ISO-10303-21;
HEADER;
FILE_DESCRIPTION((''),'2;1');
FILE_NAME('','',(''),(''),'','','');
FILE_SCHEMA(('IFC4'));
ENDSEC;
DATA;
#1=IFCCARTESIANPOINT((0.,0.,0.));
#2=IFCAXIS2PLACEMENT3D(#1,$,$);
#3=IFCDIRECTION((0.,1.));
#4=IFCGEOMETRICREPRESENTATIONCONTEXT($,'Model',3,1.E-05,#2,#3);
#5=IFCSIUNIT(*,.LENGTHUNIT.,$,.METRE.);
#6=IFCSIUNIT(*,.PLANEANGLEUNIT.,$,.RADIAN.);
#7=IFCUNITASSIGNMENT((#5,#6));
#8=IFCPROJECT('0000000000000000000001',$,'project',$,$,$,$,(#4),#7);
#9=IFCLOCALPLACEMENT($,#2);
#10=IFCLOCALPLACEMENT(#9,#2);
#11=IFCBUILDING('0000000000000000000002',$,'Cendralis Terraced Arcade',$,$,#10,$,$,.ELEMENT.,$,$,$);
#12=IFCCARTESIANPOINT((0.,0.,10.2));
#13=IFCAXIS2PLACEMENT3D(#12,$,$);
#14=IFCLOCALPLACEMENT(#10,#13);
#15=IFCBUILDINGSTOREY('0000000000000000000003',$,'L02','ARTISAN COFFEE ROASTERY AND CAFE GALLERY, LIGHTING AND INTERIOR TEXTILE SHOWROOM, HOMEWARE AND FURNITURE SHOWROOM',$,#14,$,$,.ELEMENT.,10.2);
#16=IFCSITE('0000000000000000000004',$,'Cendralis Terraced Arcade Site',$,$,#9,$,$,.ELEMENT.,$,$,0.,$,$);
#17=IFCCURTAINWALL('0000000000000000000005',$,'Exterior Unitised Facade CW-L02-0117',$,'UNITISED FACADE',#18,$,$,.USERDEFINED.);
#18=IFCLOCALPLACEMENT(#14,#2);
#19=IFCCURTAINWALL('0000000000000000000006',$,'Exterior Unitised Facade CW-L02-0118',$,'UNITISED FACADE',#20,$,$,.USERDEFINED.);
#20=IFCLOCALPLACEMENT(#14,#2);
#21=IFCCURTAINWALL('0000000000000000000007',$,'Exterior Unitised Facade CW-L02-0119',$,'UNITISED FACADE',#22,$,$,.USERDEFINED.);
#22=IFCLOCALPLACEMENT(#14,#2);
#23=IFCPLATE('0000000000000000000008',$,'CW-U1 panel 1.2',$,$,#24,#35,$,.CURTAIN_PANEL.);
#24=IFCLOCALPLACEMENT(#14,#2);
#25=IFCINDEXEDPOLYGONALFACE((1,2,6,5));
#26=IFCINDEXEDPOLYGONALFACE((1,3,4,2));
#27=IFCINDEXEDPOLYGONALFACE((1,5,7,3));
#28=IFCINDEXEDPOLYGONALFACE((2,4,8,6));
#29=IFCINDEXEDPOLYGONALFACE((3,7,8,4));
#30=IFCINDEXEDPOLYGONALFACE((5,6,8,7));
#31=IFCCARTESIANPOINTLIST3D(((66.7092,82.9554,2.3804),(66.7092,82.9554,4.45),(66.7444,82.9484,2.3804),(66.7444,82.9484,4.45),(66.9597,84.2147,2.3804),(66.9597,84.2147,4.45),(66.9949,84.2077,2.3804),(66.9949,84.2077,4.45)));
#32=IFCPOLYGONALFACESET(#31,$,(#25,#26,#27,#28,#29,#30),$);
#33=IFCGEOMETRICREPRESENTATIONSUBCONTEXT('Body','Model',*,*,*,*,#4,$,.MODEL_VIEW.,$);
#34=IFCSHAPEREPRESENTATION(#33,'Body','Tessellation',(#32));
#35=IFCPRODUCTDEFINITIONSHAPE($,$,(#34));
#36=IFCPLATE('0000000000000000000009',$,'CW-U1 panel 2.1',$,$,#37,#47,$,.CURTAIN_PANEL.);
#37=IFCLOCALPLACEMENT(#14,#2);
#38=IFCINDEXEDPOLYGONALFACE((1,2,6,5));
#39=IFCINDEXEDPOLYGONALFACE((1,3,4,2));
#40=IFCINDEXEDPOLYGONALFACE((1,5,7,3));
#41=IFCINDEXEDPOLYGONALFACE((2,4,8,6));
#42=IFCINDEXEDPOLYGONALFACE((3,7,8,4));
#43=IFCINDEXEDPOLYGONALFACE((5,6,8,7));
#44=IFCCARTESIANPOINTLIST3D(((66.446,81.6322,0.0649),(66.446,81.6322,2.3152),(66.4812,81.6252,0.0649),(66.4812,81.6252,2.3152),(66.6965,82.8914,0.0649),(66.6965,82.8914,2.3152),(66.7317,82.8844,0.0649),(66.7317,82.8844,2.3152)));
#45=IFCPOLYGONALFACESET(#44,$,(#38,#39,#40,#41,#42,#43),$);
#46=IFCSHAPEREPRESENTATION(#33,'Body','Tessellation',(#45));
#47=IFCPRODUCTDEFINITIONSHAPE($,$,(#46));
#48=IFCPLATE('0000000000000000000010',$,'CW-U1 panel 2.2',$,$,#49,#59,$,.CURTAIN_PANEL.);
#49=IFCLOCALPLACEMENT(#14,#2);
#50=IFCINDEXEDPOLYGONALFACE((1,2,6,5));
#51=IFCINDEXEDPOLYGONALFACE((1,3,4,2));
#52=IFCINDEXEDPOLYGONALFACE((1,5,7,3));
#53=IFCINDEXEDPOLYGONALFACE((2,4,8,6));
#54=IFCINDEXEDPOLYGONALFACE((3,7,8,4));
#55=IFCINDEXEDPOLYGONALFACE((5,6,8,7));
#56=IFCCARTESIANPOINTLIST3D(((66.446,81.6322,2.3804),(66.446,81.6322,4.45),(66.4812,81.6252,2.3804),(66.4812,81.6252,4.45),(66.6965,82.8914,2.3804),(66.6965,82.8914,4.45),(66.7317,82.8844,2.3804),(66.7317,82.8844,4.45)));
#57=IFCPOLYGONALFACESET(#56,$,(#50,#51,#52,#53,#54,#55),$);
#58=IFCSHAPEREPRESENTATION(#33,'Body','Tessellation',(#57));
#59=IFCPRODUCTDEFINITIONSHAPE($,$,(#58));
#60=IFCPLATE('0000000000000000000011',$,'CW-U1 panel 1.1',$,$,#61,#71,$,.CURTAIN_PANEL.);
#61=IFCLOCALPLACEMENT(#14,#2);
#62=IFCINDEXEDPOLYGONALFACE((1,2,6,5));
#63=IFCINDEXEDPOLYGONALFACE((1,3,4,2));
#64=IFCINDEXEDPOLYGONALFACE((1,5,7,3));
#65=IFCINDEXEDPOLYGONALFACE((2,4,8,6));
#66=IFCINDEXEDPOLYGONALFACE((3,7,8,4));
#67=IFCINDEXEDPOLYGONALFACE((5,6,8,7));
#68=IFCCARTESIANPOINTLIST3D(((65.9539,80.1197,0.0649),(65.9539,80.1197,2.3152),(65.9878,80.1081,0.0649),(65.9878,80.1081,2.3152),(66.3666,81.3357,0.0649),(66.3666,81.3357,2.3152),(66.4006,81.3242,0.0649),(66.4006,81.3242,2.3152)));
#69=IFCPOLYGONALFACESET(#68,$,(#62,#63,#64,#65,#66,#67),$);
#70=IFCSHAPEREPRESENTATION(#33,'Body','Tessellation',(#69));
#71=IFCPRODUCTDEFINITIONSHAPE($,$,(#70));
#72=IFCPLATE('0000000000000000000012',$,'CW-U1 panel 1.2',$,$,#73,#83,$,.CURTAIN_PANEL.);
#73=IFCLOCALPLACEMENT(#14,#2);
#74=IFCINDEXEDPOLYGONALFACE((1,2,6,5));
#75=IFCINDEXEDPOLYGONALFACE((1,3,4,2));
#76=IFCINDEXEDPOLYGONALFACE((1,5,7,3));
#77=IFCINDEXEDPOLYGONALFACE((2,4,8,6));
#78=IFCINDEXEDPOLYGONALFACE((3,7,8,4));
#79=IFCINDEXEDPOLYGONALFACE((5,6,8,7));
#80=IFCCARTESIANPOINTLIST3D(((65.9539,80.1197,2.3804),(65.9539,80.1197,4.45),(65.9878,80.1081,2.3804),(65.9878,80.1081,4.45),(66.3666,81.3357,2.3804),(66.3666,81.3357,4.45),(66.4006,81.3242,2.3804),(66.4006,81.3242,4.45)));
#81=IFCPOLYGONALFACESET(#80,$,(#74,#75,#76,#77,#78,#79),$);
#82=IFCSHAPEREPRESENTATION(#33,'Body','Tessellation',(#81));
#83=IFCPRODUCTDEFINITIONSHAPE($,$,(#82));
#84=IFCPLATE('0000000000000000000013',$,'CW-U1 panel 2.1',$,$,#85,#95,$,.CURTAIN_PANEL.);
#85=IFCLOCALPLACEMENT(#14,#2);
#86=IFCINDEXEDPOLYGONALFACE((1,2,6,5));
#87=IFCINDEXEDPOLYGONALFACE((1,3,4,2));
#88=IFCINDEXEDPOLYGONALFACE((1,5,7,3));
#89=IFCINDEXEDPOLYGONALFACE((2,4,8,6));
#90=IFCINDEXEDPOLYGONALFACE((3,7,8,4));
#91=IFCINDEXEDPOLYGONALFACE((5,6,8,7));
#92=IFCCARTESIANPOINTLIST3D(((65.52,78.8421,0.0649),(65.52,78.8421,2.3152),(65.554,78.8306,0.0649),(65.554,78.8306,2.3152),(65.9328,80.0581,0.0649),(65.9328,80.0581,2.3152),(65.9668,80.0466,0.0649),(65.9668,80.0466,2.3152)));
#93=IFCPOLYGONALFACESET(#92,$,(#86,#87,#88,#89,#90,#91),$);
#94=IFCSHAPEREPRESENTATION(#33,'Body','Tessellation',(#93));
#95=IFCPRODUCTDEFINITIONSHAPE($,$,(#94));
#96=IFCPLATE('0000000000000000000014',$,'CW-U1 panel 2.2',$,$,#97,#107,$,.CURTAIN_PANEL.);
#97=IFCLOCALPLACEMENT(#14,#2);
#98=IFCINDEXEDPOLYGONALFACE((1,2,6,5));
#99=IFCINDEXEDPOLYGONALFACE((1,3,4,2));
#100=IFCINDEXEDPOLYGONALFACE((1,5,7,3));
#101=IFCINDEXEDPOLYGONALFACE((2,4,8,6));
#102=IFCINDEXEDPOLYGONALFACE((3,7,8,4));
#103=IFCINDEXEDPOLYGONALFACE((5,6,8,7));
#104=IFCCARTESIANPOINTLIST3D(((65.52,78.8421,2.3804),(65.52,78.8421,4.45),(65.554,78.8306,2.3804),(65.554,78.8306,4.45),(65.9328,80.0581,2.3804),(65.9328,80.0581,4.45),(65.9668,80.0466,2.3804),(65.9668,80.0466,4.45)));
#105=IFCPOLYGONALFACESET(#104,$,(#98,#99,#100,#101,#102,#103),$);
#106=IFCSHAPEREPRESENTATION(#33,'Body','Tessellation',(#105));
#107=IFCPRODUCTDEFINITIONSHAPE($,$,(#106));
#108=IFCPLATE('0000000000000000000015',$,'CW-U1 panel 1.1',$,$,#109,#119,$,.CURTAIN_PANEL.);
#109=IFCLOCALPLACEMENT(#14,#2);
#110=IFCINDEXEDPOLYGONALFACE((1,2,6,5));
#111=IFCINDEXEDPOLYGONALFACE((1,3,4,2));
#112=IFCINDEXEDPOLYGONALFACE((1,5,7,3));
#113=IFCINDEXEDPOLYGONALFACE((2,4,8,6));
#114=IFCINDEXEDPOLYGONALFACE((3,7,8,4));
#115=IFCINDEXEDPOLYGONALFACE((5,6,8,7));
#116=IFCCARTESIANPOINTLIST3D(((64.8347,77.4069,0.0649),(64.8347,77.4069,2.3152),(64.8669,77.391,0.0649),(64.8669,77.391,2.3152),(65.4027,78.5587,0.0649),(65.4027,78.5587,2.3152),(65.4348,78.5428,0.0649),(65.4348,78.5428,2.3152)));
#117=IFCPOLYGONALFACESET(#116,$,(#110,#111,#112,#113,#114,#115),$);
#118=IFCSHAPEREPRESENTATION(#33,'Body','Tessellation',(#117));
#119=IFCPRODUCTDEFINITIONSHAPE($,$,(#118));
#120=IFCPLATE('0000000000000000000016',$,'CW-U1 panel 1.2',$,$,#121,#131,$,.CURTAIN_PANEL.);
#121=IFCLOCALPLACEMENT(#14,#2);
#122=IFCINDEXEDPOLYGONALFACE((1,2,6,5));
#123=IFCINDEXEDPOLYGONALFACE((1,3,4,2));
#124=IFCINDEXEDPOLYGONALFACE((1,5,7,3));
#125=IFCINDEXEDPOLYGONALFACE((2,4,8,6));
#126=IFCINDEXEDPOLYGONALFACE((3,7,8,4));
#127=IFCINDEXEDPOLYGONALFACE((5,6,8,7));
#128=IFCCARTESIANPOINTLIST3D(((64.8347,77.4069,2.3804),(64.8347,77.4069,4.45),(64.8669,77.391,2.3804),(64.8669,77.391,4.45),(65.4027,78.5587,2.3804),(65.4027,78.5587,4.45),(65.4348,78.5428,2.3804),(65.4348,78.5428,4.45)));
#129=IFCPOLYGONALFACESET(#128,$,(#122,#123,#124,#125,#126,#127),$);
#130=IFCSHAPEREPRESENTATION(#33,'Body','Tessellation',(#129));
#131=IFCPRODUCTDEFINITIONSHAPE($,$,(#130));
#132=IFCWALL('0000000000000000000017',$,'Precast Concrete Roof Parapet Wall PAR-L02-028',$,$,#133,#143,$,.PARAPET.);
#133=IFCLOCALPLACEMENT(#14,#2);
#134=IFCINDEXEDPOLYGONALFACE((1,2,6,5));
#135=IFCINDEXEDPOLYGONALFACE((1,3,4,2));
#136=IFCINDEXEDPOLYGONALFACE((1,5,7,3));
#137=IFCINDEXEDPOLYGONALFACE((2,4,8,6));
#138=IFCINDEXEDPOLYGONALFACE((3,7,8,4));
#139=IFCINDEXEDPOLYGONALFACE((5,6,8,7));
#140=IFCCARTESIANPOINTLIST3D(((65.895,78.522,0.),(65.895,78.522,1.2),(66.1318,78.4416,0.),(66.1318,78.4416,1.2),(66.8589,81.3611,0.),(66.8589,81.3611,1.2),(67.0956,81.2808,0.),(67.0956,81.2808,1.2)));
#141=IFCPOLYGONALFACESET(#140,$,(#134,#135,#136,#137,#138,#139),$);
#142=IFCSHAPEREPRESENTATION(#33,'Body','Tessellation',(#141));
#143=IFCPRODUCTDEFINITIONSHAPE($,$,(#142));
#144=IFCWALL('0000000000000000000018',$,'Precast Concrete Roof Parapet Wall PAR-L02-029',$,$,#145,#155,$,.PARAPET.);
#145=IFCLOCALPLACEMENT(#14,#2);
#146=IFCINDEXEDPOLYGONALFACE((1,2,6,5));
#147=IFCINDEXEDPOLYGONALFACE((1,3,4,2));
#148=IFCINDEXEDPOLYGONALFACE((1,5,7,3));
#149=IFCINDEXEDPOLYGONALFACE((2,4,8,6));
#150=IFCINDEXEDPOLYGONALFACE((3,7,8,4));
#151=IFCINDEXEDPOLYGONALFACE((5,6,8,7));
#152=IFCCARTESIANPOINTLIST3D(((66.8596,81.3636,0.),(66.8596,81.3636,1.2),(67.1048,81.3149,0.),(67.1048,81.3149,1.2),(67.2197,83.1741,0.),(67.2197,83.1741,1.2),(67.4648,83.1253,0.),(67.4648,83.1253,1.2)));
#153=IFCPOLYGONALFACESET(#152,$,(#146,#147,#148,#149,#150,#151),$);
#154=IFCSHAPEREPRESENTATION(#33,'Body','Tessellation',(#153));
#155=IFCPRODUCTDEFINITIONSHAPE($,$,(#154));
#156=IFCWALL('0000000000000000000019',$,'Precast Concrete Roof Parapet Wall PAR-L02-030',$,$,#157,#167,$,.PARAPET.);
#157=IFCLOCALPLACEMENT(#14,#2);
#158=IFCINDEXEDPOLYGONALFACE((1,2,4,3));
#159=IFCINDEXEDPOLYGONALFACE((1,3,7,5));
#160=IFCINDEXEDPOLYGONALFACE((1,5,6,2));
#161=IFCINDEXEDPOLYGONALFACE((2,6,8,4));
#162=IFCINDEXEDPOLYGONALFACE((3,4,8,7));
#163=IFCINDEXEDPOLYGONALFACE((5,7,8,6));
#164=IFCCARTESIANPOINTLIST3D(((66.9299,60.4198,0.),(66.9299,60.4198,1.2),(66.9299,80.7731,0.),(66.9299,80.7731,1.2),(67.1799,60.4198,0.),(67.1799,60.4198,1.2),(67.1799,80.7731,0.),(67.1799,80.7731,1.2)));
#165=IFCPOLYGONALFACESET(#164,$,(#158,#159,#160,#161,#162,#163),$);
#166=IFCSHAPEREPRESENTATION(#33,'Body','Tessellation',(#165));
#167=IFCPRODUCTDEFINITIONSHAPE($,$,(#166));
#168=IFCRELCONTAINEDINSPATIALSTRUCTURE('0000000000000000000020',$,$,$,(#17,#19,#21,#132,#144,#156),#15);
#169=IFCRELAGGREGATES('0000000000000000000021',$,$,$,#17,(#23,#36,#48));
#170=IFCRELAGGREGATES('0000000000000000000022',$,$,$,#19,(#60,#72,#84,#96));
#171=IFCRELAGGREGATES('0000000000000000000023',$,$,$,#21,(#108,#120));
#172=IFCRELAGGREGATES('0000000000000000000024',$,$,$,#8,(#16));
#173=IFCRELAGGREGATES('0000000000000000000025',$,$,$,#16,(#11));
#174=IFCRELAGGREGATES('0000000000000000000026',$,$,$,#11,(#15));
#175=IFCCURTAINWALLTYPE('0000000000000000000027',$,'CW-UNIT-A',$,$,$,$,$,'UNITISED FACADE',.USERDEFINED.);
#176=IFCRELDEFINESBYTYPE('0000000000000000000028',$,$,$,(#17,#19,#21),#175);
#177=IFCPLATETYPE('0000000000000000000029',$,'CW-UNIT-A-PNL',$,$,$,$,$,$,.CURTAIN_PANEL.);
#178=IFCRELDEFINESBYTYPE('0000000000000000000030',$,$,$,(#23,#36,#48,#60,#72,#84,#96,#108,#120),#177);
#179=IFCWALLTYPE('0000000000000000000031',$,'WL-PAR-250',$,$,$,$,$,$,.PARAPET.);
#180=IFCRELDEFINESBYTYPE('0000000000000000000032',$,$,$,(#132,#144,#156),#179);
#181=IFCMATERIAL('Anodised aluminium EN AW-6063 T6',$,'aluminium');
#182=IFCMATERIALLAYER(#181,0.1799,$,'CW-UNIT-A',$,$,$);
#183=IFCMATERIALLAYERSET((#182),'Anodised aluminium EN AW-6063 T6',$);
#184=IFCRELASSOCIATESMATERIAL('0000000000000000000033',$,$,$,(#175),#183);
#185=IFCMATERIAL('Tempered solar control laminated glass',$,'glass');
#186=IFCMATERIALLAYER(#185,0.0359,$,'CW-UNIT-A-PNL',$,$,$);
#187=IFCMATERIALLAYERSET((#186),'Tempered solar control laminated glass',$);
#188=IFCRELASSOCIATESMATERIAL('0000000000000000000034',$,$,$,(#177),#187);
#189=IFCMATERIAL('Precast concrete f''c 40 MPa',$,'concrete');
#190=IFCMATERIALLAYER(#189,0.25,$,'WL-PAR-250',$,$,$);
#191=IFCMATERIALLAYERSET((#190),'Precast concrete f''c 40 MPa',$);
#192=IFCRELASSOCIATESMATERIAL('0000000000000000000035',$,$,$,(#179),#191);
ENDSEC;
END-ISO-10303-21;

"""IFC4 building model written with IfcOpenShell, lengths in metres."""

from ifc_helpers import new_model, si_unit, direction, frame, frame_2d, origin, origin_2d, place, context, subcontext, project, spatial, rectangle, extrude, material, layer, layer_set, type_object, element, aggregate, save


model = new_model("IFC4")

# Units and contexts
model_context = context("Model", 3, precision=1e-05, world=origin(), true_north=direction((0.0, 1.0)))
body_context = subcontext(model_context, "Body", "Model", "MODEL_VIEW")
ifc_project = project(units=[si_unit("LENGTHUNIT", "METRE"), si_unit("PLANEANGLEUNIT", "RADIAN")], contexts=[model_context])

# Site, building, storey
site_placement = place(None, origin())
site = spatial("IfcSite", under=ifc_project, at=site_placement, Name="Cendralis Terraced Arcade Site", CompositionType="ELEMENT", RefElevation=0.0)
building_placement = place(site_placement, origin())
building = spatial("IfcBuilding", under=site, at=building_placement, Name="Cendralis Terraced Arcade", CompositionType="ELEMENT")
storey_placement = place(building_placement, frame((0.0, 0.0, 10.2)))
storey = spatial("IfcBuildingStorey", under=building, at=storey_placement, Name="L02", Description="ARTISAN COFFEE ROASTERY AND CAFE GALLERY, LIGHTING AND INTERIOR TEXTILE SHOWROOM, HOMEWARE AND FURNITURE SHOWROOM", CompositionType="ELEMENT", Elevation=10.2)

# Shared definitions
ifc_material_1 = material(Name="Anodised aluminium EN AW-6063 T6", Category="aluminium")
ifc_layer_1 = layer(ifc_material_1, 0.1799, Name="CW-UNIT-A")
ifc_layer_set_1 = layer_set([ifc_layer_1], Name="Anodised aluminium EN AW-6063 T6")
curtain_wall_type = type_object("IfcCurtainWallType", Name="CW-UNIT-A", ElementType="UNITISED FACADE", PredefinedType="USERDEFINED", material=ifc_layer_set_1)

# Curtain walls
curtain_wall_1_placement = place(storey_placement, origin())
curtain_wall_1 = element("IfcCurtainWall", 1, at=curtain_wall_1_placement, inside=storey, type_object=curtain_wall_type, Name="Exterior Unitised Facade CW-L02-0117", ObjectType="UNITISED FACADE", PredefinedType="USERDEFINED")
curtain_wall_2_placement = place(storey_placement, origin())
curtain_wall_2 = element("IfcCurtainWall", 2, at=curtain_wall_2_placement, inside=storey, type_object=curtain_wall_type, Name="Exterior Unitised Facade CW-L02-0118", ObjectType="UNITISED FACADE", PredefinedType="USERDEFINED")

# Curtain wall
curtain_wall_3_placement = place(storey_placement, origin())
curtain_wall_3 = element("IfcCurtainWall", 3, at=curtain_wall_3_placement, inside=storey, type_object=curtain_wall_type, Name="Exterior Unitised Facade CW-L02-0119", ObjectType="UNITISED FACADE", PredefinedType="USERDEFINED")

# Plates
ifc_material_2 = material(Name="Tempered solar control laminated glass", Category="glass")
ifc_layer_2 = layer(ifc_material_2, 0.0359, Name="CW-UNIT-A-PNL")
ifc_layer_set_2 = layer_set([ifc_layer_2], Name="Tempered solar control laminated glass")
plate_type = type_object("IfcPlateType", Name="CW-UNIT-A-PNL", PredefinedType="CURTAIN_PANEL", material=ifc_layer_set_2)
plate_1_placement = place(storey_placement, frame((66.8521, 83.5815, 2.3804), z_axis=(0.0, 0.0, 1.0), x_axis=(-0.195072, -0.980789, 0.0)))
plate_1 = element("IfcPlate", 4, at=plate_1_placement, type_object=plate_type, Name="CW-U1 panel 1.2", PredefinedType="CURTAIN_PANEL", context=body_context, shape_type="SweptSolid", body=[
    extrude(rectangle(XDim=1.2839, YDim=0.0359, at=origin_2d()), origin(), (0.0, 0.0, 1.0), 2.0696),
])
plate_2_placement = place(storey_placement, frame((66.5889, 82.2583, 0.0649), z_axis=(0.0, 0.0, 1.0), x_axis=(-0.195072, -0.980789, 0.0)))
plate_2 = element("IfcPlate", 5, at=plate_2_placement, type_object=plate_type, Name="CW-U1 panel 2.1", PredefinedType="CURTAIN_PANEL", context=body_context, shape_type="SweptSolid", body=[
    extrude(rectangle(XDim=1.2839, YDim=0.0359, at=origin_2d()), origin(), (0.0, 0.0, 1.0), 2.2502),
])
plate_3_placement = place(storey_placement, frame((66.5889, 82.2583, 2.3804), z_axis=(0.0, 0.0, 1.0), x_axis=(-0.195072, -0.980789, 0.0)))
plate_3 = element("IfcPlate", 6, at=plate_3_placement, type_object=plate_type, Name="CW-U1 panel 2.2", PredefinedType="CURTAIN_PANEL", context=body_context, shape_type="SweptSolid", body=[
    extrude(rectangle(XDim=1.2839, YDim=0.0359, at=origin_2d()), origin(), (0.0, 0.0, 1.0), 2.0696),
])
aggregate(curtain_wall_1, [plate_1, plate_2, plate_3])
plate_4_placement = place(storey_placement, frame((66.1772, 80.7219, 0.0649), z_axis=(0.0, 0.0, 1.0), x_axis=(-0.321434, -0.946932, 0.0)))
plate_4 = element("IfcPlate", 7, at=plate_4_placement, type_object=plate_type, Name="CW-U1 panel 1.1", PredefinedType="CURTAIN_PANEL", context=body_context, shape_type="SweptSolid", body=[
    extrude(rectangle(XDim=1.2842, YDim=0.0359, at=origin_2d()), origin(), (0.0, 0.0, 1.0), 2.2502),
])
plate_5_placement = place(storey_placement, frame((66.1772, 80.7219, 2.3804), z_axis=(0.0, 0.0, 1.0), x_axis=(-0.321434, -0.946932, 0.0)))
plate_5 = element("IfcPlate", 8, at=plate_5_placement, type_object=plate_type, Name="CW-U1 panel 1.2", PredefinedType="CURTAIN_PANEL", context=body_context, shape_type="SweptSolid", body=[
    extrude(rectangle(XDim=1.2842, YDim=0.0359, at=origin_2d()), origin(), (0.0, 0.0, 1.0), 2.0696),
])
plate_6_placement = place(storey_placement, frame((65.7434, 79.4443, 0.0649), z_axis=(0.0, 0.0, 1.0), x_axis=(-0.321434, -0.946932, 0.0)))
plate_6 = element("IfcPlate", 9, at=plate_6_placement, type_object=plate_type, Name="CW-U1 panel 2.1", PredefinedType="CURTAIN_PANEL", context=body_context, shape_type="SweptSolid", body=[
    extrude(rectangle(XDim=1.2842, YDim=0.0359, at=origin_2d()), origin(), (0.0, 0.0, 1.0), 2.2502),
])
plate_7_placement = place(storey_placement, frame((65.7434, 79.4443, 2.3804), z_axis=(0.0, 0.0, 1.0), x_axis=(-0.321434, -0.946932, 0.0)))
plate_7 = element("IfcPlate", 10, at=plate_7_placement, type_object=plate_type, Name="CW-U1 panel 2.2", PredefinedType="CURTAIN_PANEL", context=body_context, shape_type="SweptSolid", body=[
    extrude(rectangle(XDim=1.2842, YDim=0.0359, at=origin_2d()), origin(), (0.0, 0.0, 1.0), 2.0696),
])
aggregate(curtain_wall_2, [plate_4, plate_5, plate_6, plate_7])
plate_8_placement = place(storey_placement, frame((65.1348, 77.9749, 0.0649), z_axis=(0.0, 0.0, 1.0), x_axis=(-0.442285, -0.896875, 0.0)))
plate_8 = element("IfcPlate", 11, at=plate_8_placement, type_object=plate_type, Name="CW-U1 panel 1.1", PredefinedType="CURTAIN_PANEL", context=body_context, shape_type="SweptSolid", body=[
    extrude(rectangle(XDim=1.2842, YDim=0.0359, at=origin_2d()), origin(), (0.0, 0.0, 1.0), 2.2502),
])
plate_9_placement = place(storey_placement, frame((65.1348, 77.9749, 2.3804), z_axis=(0.0, 0.0, 1.0), x_axis=(-0.442285, -0.896875, 0.0)))
plate_9 = element("IfcPlate", 12, at=plate_9_placement, type_object=plate_type, Name="CW-U1 panel 1.2", PredefinedType="CURTAIN_PANEL", context=body_context, shape_type="SweptSolid", body=[
    extrude(rectangle(XDim=1.2842, YDim=0.0359, at=origin_2d()), origin(), (0.0, 0.0, 1.0), 2.0696),
])
aggregate(curtain_wall_3, [plate_8, plate_9])

# Walls
ifc_material_3 = material(Name="Precast concrete f'c 40 MPa", Category="concrete")
ifc_layer_3 = layer(ifc_material_3, 0.25, Name="WL-PAR-250")
ifc_layer_set_3 = layer_set([ifc_layer_3], Name="Precast concrete f'c 40 MPa")
wall_type = type_object("IfcWallType", Name="WL-PAR-250", PredefinedType="PARAPET", material=ifc_layer_set_3)
wall_1_placement = place(storey_placement, frame((66.0134, 78.4819, 0.0), z_axis=(0.0, 0.0, 1.0), x_axis=(0.321475, 0.946918, 0.0)))
element("IfcWall", 13, at=wall_1_placement, inside=storey, type_object=wall_type, Name="Precast Concrete Roof Parapet Wall PAR-L02-028", PredefinedType="PARAPET", context=body_context, shape_type="SweptSolid", body=[
    extrude(rectangle(XDim=2.9983, YDim=0.25, at=frame_2d((1.499, 0.0))), origin(), (0.0, 0.0, 1.0), 1.2),
])
wall_2_placement = place(storey_placement, frame((66.9822, 81.3394, 0.0), z_axis=(0.0, 0.0, 1.0), x_axis=(0.195073, 0.980789, 0.0)))
element("IfcWall", 14, at=wall_2_placement, inside=storey, type_object=wall_type, Name="Precast Concrete Roof Parapet Wall PAR-L02-029", PredefinedType="PARAPET", context=body_context, shape_type="SweptSolid", body=[
    extrude(rectangle(XDim=1.8459, YDim=0.25, at=frame_2d((0.9229, 0.0))), origin(), (0.0, 0.0, 1.0), 1.2),
])
wall_3_placement = place(storey_placement, frame((67.0549, 80.7732, 0.0), z_axis=(0.0, 0.0, 1.0), x_axis=(0.0, -1.0, 0.0)))
element("IfcWall", 15, at=wall_3_placement, inside=storey, type_object=wall_type, Name="Precast Concrete Roof Parapet Wall PAR-L02-030", PredefinedType="PARAPET", context=body_context, shape_type="SweptSolid", body=[
    extrude(rectangle(XDim=20.3533, YDim=0.25, at=frame_2d((10.1768, 0.0))), origin(), (0.0, 0.0, 1.0), 1.2),
])

save(model, "model.ifc")
